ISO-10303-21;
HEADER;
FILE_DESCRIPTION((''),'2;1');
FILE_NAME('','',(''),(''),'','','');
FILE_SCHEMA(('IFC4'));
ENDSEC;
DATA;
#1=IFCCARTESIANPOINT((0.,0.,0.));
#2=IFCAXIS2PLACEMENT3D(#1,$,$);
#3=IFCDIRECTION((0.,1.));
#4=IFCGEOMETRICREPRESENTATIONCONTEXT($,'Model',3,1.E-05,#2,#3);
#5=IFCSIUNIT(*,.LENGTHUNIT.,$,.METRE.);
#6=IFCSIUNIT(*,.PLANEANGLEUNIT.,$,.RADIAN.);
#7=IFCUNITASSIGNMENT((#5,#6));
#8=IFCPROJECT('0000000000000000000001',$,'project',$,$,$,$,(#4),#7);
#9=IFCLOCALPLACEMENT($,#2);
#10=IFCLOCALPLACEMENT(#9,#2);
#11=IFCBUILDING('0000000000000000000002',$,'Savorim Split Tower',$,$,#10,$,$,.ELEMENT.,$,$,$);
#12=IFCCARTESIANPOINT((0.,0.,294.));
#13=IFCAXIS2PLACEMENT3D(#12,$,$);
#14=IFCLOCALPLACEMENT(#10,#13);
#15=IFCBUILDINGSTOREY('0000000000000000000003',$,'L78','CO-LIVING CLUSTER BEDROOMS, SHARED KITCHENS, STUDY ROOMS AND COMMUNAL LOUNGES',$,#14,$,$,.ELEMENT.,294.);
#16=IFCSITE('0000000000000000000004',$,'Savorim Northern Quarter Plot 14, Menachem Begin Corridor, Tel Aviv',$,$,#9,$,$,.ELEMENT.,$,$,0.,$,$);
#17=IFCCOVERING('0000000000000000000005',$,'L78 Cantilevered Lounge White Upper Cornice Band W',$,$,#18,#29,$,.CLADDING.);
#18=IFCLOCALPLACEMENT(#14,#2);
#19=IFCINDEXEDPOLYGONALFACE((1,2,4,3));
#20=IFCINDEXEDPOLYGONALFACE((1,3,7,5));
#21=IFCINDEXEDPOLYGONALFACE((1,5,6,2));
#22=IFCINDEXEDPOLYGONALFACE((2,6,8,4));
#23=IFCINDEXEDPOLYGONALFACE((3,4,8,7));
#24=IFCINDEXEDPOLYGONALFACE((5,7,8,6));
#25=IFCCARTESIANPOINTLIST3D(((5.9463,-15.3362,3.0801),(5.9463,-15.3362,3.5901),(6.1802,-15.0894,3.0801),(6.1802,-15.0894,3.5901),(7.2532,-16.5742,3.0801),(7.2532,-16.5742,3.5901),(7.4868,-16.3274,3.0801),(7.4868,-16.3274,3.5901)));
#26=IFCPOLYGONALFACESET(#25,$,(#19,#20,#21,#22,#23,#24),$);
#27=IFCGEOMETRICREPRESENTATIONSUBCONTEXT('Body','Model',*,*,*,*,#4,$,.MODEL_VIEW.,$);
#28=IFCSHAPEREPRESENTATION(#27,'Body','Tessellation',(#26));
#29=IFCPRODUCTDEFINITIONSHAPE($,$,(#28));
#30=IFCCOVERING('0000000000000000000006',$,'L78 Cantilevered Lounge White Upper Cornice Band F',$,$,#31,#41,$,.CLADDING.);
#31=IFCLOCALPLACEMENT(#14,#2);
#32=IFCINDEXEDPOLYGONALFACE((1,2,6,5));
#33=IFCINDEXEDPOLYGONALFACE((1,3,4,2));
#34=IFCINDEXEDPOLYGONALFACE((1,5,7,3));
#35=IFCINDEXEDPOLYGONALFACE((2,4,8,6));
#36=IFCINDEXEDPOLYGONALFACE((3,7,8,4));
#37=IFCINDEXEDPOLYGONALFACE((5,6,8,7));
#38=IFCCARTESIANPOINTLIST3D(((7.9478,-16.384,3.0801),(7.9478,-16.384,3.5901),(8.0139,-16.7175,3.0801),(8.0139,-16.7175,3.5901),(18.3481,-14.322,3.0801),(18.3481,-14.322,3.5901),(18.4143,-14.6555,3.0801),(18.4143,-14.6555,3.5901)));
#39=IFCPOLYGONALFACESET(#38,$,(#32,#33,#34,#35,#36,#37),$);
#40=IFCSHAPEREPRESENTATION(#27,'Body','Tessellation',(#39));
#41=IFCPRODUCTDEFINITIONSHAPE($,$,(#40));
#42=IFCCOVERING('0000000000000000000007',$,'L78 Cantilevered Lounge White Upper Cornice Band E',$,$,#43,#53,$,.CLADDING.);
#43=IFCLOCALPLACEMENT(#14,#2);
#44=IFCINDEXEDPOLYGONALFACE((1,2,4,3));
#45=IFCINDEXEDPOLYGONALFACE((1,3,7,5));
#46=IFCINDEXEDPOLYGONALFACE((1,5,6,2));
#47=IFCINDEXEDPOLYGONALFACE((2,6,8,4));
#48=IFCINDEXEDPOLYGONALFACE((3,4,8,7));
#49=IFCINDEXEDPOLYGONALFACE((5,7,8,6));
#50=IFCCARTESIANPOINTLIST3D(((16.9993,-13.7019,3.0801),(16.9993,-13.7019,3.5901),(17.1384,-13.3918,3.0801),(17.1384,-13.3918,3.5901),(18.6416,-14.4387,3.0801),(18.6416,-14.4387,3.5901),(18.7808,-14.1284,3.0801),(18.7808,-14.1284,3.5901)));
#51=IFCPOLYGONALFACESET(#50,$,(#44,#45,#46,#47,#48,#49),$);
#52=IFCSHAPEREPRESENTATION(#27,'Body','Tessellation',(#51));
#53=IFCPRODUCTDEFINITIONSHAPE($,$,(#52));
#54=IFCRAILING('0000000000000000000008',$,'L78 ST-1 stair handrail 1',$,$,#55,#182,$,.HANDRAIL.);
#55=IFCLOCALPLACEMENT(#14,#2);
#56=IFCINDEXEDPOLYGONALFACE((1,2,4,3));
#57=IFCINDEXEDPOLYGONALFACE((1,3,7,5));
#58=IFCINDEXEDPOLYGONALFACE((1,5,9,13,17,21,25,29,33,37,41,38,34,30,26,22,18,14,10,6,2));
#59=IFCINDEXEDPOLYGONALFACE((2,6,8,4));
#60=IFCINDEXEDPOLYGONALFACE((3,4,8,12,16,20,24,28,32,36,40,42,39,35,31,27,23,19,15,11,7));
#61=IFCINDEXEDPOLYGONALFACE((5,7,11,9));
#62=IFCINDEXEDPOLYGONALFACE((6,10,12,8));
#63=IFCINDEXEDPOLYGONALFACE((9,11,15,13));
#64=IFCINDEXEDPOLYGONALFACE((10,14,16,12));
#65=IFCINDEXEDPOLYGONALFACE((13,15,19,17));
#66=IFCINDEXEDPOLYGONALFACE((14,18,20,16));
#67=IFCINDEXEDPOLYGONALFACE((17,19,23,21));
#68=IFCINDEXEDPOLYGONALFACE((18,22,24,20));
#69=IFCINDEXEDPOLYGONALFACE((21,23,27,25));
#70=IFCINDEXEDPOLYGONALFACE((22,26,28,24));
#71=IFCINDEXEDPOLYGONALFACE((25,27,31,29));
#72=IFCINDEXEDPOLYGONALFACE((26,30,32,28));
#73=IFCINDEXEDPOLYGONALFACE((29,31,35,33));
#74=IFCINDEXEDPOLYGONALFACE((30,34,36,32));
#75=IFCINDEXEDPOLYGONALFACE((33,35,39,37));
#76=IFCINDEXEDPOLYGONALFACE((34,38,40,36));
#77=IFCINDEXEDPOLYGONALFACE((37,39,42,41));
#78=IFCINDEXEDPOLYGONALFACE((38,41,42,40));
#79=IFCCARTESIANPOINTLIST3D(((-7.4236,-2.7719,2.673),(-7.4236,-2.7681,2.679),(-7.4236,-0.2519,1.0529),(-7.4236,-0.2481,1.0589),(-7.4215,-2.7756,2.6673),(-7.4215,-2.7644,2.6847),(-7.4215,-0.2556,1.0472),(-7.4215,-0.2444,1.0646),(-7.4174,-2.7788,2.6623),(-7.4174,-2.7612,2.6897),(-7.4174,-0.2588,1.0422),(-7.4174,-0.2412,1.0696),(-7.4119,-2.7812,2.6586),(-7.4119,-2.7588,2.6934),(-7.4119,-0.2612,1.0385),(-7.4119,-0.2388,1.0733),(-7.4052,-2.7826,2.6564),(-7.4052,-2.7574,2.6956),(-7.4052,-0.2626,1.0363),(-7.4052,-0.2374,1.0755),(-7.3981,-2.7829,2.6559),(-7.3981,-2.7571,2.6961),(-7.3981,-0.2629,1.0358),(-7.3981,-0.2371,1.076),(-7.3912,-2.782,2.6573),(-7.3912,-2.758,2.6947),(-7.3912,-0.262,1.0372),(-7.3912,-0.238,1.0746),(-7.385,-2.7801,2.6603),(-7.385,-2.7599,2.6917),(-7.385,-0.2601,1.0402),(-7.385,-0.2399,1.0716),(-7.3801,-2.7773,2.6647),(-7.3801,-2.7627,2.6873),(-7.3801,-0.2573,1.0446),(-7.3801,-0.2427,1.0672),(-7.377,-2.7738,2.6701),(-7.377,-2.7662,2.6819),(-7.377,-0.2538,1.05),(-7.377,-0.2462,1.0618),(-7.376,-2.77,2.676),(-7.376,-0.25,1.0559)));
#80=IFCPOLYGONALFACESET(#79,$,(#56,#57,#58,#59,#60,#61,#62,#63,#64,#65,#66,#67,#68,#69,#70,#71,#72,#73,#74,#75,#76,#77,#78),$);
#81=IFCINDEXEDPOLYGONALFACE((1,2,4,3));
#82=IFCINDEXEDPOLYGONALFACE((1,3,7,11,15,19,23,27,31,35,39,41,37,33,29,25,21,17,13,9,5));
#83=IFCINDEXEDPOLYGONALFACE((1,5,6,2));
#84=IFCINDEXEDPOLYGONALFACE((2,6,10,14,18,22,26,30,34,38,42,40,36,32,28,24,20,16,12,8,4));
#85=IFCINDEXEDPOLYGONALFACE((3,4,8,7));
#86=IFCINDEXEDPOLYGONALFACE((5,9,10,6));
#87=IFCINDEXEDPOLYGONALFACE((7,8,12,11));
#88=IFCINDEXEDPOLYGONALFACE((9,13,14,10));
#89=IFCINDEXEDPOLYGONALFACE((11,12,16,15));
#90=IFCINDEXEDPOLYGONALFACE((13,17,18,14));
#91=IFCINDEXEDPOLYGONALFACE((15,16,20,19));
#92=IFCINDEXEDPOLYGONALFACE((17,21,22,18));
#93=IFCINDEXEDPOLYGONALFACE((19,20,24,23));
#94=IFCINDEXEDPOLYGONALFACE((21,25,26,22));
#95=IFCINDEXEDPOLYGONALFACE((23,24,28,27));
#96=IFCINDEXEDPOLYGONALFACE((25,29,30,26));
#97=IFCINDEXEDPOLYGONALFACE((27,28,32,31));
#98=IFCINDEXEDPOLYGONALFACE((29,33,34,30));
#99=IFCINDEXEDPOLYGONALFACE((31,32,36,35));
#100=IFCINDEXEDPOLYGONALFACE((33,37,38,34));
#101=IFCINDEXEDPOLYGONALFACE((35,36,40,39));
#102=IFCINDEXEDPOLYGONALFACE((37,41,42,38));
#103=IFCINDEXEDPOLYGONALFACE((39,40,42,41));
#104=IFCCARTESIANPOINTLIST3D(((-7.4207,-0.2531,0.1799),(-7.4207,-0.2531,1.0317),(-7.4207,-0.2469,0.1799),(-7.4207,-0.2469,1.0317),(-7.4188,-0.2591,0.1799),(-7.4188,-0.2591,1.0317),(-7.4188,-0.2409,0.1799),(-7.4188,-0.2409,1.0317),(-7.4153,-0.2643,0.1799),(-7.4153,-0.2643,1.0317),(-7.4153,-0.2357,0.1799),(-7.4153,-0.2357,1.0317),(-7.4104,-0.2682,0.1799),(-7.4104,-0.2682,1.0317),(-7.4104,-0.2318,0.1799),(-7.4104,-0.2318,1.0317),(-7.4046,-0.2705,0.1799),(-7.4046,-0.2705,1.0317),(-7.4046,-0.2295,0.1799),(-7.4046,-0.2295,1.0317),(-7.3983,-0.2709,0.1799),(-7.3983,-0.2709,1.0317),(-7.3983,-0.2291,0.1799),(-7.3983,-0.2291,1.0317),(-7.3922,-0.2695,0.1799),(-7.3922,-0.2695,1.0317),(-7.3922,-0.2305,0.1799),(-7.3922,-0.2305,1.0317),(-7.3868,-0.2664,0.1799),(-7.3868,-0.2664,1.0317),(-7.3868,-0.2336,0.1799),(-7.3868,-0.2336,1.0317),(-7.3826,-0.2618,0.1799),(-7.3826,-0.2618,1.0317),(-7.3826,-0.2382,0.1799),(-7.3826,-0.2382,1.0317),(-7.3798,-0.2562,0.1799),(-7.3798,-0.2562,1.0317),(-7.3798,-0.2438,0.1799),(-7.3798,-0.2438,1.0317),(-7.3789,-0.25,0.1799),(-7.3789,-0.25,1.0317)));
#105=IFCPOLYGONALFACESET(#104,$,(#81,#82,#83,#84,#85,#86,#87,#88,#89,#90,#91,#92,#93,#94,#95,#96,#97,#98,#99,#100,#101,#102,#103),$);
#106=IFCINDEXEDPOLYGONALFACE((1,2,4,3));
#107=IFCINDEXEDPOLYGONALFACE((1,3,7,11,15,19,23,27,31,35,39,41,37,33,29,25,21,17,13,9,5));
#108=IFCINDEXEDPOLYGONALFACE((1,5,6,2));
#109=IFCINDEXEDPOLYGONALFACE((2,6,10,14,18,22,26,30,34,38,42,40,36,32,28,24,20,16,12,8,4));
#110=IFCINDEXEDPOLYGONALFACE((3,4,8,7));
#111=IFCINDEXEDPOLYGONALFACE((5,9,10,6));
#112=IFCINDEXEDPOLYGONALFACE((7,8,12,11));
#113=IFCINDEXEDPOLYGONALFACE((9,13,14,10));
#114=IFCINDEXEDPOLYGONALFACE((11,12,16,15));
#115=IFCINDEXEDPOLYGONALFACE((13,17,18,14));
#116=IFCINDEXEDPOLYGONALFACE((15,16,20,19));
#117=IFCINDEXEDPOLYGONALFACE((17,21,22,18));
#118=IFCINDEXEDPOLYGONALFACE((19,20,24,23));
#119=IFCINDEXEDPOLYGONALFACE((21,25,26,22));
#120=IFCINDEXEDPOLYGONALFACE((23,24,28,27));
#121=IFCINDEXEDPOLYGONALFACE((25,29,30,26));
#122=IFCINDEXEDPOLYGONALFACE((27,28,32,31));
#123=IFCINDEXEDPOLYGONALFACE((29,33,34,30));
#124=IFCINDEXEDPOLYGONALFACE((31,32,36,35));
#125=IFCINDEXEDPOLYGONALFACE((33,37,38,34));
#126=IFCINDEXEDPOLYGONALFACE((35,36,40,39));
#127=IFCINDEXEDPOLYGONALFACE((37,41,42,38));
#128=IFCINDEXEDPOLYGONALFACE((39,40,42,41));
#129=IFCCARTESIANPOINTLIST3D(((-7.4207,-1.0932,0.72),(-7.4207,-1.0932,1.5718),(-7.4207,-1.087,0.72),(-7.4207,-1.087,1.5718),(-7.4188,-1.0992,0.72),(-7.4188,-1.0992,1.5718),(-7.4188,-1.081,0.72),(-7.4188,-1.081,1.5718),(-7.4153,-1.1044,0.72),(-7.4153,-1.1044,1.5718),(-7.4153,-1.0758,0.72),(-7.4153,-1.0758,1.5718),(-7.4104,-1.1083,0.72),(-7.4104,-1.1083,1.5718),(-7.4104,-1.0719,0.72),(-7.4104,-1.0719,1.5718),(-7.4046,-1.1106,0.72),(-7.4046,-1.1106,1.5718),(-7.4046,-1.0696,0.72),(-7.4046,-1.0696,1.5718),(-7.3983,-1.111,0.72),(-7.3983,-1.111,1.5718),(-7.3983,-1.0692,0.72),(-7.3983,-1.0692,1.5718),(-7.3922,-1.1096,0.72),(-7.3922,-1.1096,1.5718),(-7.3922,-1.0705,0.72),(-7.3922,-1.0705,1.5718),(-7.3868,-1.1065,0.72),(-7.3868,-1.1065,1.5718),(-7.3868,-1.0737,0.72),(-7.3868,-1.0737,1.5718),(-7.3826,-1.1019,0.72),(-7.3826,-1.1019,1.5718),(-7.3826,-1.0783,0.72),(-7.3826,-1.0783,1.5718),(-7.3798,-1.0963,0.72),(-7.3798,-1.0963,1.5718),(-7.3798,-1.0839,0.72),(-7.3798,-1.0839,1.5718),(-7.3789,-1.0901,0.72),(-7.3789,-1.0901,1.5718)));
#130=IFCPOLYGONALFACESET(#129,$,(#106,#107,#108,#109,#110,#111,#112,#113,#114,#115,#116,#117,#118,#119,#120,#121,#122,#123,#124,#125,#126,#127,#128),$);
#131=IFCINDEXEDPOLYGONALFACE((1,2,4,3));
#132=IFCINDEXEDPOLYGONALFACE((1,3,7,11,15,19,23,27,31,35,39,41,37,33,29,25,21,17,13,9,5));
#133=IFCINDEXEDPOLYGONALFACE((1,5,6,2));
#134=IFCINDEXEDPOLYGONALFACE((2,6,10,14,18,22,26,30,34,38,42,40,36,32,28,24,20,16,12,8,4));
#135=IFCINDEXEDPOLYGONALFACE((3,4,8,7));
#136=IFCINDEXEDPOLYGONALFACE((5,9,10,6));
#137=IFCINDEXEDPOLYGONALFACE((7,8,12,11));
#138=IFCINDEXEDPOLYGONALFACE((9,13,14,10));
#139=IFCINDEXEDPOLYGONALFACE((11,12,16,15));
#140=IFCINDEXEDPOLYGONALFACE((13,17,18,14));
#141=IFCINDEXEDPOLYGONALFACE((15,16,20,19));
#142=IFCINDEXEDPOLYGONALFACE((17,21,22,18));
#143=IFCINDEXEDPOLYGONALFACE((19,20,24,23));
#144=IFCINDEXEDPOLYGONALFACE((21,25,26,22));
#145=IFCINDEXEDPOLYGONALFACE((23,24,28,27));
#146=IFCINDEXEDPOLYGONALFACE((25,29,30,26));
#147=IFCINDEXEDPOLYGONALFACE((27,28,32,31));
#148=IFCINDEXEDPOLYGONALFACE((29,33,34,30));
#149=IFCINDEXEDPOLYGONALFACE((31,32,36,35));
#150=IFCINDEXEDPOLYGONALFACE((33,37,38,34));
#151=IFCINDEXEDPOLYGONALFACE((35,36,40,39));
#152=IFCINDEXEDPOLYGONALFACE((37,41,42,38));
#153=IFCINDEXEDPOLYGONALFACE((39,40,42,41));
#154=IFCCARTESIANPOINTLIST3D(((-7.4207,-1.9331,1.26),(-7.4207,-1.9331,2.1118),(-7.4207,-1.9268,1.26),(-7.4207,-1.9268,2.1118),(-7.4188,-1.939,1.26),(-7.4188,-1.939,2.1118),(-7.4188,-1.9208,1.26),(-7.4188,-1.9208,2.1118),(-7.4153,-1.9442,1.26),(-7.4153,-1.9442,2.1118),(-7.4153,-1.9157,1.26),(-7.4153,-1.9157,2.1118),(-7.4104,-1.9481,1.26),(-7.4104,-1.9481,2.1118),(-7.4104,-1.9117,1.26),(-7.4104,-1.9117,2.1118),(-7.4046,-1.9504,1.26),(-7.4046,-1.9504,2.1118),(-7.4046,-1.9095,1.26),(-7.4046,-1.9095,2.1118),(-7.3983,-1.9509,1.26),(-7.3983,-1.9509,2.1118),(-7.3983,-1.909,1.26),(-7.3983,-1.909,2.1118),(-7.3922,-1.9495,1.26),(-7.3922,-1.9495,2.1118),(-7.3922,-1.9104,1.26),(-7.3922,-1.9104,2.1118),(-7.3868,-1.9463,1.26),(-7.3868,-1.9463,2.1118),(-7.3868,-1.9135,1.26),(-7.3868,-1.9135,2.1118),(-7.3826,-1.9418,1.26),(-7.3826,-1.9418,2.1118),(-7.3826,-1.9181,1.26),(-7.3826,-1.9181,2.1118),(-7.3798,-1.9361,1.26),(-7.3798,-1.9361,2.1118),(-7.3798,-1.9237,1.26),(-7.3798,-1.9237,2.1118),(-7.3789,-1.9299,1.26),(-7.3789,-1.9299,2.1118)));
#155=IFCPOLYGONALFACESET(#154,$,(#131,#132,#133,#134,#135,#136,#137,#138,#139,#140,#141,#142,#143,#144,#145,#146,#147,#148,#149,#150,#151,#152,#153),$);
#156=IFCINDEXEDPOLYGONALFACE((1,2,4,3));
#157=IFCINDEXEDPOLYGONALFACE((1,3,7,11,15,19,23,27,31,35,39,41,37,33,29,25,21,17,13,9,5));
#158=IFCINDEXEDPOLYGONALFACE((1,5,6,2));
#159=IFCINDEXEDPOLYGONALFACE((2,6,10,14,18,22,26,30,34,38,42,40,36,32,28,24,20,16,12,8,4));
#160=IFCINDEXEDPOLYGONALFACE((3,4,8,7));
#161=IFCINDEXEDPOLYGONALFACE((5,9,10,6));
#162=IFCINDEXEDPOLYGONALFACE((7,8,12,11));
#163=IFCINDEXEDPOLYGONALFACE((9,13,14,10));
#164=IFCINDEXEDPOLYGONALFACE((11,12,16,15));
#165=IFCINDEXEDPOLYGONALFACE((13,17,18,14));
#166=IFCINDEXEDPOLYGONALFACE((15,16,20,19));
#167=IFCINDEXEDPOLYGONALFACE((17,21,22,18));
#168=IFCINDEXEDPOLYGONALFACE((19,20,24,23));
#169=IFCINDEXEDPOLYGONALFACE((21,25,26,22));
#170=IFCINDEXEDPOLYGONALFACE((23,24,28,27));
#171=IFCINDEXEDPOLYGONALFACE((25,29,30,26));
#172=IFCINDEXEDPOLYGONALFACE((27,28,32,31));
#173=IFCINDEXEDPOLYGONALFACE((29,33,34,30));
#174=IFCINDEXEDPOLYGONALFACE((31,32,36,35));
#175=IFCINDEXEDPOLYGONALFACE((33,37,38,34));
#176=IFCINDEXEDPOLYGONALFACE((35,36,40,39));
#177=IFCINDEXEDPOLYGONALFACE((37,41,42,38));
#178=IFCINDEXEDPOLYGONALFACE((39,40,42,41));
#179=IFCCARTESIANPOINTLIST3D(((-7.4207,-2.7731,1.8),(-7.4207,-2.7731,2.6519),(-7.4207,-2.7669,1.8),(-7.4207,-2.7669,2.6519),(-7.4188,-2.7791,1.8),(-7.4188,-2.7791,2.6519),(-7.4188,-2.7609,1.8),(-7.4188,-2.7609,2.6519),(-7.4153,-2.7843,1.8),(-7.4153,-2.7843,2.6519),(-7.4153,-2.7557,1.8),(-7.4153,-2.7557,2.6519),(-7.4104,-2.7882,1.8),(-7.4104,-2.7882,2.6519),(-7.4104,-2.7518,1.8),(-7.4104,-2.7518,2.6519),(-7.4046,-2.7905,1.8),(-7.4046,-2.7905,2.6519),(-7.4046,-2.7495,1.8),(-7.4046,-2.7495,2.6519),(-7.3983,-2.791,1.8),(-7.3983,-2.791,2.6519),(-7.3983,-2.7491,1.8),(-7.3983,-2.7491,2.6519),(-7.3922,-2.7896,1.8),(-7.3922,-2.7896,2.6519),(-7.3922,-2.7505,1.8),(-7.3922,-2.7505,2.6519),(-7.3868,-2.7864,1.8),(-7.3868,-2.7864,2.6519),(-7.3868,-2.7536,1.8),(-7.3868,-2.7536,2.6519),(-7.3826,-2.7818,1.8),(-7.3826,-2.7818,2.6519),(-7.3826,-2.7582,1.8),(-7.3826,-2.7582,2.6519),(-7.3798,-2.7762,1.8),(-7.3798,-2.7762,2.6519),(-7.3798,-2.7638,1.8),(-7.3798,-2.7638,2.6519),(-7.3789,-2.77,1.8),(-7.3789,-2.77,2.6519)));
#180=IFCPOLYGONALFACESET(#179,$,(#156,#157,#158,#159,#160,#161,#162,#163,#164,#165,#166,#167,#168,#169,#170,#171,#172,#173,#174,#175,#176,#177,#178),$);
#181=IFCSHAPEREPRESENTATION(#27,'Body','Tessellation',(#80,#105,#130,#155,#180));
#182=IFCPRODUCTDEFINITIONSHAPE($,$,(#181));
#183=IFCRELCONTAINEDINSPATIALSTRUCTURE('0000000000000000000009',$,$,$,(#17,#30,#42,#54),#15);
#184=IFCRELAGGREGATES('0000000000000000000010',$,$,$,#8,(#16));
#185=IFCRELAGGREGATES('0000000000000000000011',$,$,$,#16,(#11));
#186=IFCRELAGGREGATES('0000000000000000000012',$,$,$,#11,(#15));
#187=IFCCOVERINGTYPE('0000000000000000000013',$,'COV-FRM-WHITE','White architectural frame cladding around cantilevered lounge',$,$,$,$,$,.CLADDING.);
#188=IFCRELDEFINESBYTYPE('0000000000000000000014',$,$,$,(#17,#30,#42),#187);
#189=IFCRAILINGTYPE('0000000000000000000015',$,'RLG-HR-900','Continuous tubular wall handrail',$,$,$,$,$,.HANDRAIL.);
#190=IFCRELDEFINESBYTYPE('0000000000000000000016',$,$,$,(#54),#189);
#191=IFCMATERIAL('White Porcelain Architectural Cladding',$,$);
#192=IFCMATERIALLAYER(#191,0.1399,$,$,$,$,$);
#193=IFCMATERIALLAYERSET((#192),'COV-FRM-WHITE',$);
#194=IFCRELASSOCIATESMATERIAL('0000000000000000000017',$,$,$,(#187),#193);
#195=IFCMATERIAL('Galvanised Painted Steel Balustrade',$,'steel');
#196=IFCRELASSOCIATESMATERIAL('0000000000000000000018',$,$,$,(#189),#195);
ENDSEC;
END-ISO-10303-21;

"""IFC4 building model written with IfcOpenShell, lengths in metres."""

from ifc_helpers import new_model, si_unit, direction, frame, origin, origin_2d, place, context, subcontext, project, spatial, polyline, circle, outline, extrude, material, layer, layer_set, type_object, element, save


model = new_model("IFC4")

# Units and contexts
model_context = context("Model", 3, precision=1e-05, world=origin(), true_north=direction((0.0, 1.0)))
body_context = subcontext(model_context, "Body", "Model", "MODEL_VIEW")
ifc_project = project(units=[si_unit("LENGTHUNIT", "METRE"), si_unit("PLANEANGLEUNIT", "RADIAN")], contexts=[model_context])

# Site, building, storey
site_placement = place(None, origin())
site = spatial("IfcSite", under=ifc_project, at=site_placement, Name="Savorim Northern Quarter Plot 14, Menachem Begin Corridor, Tel Aviv", CompositionType="ELEMENT", RefElevation=0.0)
building_placement = place(site_placement, origin())
building = spatial("IfcBuilding", under=site, at=building_placement, Name="Savorim Split Tower", CompositionType="ELEMENT")
storey_placement = place(building_placement, frame((0.0, 0.0, 294.0)))
storey = spatial("IfcBuildingStorey", under=building, at=storey_placement, Name="L78", Description="CO-LIVING CLUSTER BEDROOMS, SHARED KITCHENS, STUDY ROOMS AND COMMUNAL LOUNGES", CompositionType="ELEMENT", Elevation=294.0)

# Coverings
ifc_material_1 = material(Name="White Porcelain Architectural Cladding")
ifc_layer_1 = layer(ifc_material_1, 0.1399)
ifc_layer_set_1 = layer_set([ifc_layer_1], Name="COV-FRM-WHITE")
covering_type = type_object("IfcCoveringType", Name="COV-FRM-WHITE", Description="White architectural frame cladding around cantilevered lounge", PredefinedType="CLADDING", material=ifc_layer_set_1)
covering_1_placement = place(storey_placement, frame((0.0, 0.0, 3.0801)))
element("IfcCovering", 1, at=covering_1_placement, inside=storey, type_object=covering_type, Name="L78 Cantilevered Lounge White Upper Cornice Band W", PredefinedType="CLADDING", context=body_context, shape_type="SweptSolid", body=[
    extrude(outline(polyline([(5.9463, -15.3362), (7.2532, -16.5742), (7.4868, -16.3274), (6.1802, -15.0894), (5.9463, -15.3362)])), origin(), (0.0, 0.0, 1.0), 0.51),
])
covering_2_placement = place(storey_placement, frame((0.0, 0.0, 3.0801)))
element("IfcCovering", 2, at=covering_2_placement, inside=storey, type_object=covering_type, Name="L78 Cantilevered Lounge White Upper Cornice Band F", PredefinedType="CLADDING", context=body_context, shape_type="SweptSolid", body=[
    extrude(outline(polyline([(8.0139, -16.7175), (18.4143, -14.6555), (18.3481, -14.322), (7.9478, -16.384), (8.0139, -16.7175)])), origin(), (0.0, 0.0, 1.0), 0.51),
])
covering_3_placement = place(storey_placement, frame((0.0, 0.0, 3.0801)))
element("IfcCovering", 3, at=covering_3_placement, inside=storey, type_object=covering_type, Name="L78 Cantilevered Lounge White Upper Cornice Band E", PredefinedType="CLADDING", context=body_context, shape_type="SweptSolid", body=[
    extrude(outline(polyline([(18.7808, -14.1284), (17.1384, -13.3918), (16.9993, -13.7019), (18.6416, -14.4387), (18.7808, -14.1284)])), origin(), (0.0, 0.0, 1.0), 0.51),
])

# Railing
ifc_material_2 = material(Name="Galvanised Painted Steel Balustrade", Category="steel")
railing_type_1 = type_object("IfcRailingType", Name="RLG-HR-900", Description="Continuous tubular wall handrail", PredefinedType="HANDRAIL", material=ifc_material_2)
railing_1_placement = place(storey_placement, frame((-7.3999, -0.25, 0.1799)))
element("IfcRailing", 4, at=railing_1_placement, inside=storey, type_object=railing_type_1, Name="L78 ST-1 stair handrail 1", PredefinedType="HANDRAIL", context=body_context, shape_type="SweptSolid", body=[
    extrude(circle(Radius=0.0239, at=origin_2d()), frame((0.0, 0.0, 0.876), z_axis=(0.0, -0.841163, 0.540782), x_axis=(1.0, 0.0, 0.0)), (0.0, 0.0, 1.0), 2.9958),
    extrude(circle(Radius=0.021, at=origin_2d()), origin(), (0.0, 0.0, 1.0), 0.8518),
    extrude(circle(Radius=0.021, at=origin_2d()), frame((0.0, -0.8401, 0.54)), (0.0, 0.0, 1.0), 0.8518),
    extrude(circle(Radius=0.021, at=origin_2d()), frame((0.0, -1.6799, 1.0801)), (0.0, 0.0, 1.0), 0.8518),
    extrude(circle(Radius=0.021, at=origin_2d()), frame((0.0, -2.52, 1.6201)), (0.0, 0.0, 1.0), 0.8518),
])

save(model, "model.ifc")
